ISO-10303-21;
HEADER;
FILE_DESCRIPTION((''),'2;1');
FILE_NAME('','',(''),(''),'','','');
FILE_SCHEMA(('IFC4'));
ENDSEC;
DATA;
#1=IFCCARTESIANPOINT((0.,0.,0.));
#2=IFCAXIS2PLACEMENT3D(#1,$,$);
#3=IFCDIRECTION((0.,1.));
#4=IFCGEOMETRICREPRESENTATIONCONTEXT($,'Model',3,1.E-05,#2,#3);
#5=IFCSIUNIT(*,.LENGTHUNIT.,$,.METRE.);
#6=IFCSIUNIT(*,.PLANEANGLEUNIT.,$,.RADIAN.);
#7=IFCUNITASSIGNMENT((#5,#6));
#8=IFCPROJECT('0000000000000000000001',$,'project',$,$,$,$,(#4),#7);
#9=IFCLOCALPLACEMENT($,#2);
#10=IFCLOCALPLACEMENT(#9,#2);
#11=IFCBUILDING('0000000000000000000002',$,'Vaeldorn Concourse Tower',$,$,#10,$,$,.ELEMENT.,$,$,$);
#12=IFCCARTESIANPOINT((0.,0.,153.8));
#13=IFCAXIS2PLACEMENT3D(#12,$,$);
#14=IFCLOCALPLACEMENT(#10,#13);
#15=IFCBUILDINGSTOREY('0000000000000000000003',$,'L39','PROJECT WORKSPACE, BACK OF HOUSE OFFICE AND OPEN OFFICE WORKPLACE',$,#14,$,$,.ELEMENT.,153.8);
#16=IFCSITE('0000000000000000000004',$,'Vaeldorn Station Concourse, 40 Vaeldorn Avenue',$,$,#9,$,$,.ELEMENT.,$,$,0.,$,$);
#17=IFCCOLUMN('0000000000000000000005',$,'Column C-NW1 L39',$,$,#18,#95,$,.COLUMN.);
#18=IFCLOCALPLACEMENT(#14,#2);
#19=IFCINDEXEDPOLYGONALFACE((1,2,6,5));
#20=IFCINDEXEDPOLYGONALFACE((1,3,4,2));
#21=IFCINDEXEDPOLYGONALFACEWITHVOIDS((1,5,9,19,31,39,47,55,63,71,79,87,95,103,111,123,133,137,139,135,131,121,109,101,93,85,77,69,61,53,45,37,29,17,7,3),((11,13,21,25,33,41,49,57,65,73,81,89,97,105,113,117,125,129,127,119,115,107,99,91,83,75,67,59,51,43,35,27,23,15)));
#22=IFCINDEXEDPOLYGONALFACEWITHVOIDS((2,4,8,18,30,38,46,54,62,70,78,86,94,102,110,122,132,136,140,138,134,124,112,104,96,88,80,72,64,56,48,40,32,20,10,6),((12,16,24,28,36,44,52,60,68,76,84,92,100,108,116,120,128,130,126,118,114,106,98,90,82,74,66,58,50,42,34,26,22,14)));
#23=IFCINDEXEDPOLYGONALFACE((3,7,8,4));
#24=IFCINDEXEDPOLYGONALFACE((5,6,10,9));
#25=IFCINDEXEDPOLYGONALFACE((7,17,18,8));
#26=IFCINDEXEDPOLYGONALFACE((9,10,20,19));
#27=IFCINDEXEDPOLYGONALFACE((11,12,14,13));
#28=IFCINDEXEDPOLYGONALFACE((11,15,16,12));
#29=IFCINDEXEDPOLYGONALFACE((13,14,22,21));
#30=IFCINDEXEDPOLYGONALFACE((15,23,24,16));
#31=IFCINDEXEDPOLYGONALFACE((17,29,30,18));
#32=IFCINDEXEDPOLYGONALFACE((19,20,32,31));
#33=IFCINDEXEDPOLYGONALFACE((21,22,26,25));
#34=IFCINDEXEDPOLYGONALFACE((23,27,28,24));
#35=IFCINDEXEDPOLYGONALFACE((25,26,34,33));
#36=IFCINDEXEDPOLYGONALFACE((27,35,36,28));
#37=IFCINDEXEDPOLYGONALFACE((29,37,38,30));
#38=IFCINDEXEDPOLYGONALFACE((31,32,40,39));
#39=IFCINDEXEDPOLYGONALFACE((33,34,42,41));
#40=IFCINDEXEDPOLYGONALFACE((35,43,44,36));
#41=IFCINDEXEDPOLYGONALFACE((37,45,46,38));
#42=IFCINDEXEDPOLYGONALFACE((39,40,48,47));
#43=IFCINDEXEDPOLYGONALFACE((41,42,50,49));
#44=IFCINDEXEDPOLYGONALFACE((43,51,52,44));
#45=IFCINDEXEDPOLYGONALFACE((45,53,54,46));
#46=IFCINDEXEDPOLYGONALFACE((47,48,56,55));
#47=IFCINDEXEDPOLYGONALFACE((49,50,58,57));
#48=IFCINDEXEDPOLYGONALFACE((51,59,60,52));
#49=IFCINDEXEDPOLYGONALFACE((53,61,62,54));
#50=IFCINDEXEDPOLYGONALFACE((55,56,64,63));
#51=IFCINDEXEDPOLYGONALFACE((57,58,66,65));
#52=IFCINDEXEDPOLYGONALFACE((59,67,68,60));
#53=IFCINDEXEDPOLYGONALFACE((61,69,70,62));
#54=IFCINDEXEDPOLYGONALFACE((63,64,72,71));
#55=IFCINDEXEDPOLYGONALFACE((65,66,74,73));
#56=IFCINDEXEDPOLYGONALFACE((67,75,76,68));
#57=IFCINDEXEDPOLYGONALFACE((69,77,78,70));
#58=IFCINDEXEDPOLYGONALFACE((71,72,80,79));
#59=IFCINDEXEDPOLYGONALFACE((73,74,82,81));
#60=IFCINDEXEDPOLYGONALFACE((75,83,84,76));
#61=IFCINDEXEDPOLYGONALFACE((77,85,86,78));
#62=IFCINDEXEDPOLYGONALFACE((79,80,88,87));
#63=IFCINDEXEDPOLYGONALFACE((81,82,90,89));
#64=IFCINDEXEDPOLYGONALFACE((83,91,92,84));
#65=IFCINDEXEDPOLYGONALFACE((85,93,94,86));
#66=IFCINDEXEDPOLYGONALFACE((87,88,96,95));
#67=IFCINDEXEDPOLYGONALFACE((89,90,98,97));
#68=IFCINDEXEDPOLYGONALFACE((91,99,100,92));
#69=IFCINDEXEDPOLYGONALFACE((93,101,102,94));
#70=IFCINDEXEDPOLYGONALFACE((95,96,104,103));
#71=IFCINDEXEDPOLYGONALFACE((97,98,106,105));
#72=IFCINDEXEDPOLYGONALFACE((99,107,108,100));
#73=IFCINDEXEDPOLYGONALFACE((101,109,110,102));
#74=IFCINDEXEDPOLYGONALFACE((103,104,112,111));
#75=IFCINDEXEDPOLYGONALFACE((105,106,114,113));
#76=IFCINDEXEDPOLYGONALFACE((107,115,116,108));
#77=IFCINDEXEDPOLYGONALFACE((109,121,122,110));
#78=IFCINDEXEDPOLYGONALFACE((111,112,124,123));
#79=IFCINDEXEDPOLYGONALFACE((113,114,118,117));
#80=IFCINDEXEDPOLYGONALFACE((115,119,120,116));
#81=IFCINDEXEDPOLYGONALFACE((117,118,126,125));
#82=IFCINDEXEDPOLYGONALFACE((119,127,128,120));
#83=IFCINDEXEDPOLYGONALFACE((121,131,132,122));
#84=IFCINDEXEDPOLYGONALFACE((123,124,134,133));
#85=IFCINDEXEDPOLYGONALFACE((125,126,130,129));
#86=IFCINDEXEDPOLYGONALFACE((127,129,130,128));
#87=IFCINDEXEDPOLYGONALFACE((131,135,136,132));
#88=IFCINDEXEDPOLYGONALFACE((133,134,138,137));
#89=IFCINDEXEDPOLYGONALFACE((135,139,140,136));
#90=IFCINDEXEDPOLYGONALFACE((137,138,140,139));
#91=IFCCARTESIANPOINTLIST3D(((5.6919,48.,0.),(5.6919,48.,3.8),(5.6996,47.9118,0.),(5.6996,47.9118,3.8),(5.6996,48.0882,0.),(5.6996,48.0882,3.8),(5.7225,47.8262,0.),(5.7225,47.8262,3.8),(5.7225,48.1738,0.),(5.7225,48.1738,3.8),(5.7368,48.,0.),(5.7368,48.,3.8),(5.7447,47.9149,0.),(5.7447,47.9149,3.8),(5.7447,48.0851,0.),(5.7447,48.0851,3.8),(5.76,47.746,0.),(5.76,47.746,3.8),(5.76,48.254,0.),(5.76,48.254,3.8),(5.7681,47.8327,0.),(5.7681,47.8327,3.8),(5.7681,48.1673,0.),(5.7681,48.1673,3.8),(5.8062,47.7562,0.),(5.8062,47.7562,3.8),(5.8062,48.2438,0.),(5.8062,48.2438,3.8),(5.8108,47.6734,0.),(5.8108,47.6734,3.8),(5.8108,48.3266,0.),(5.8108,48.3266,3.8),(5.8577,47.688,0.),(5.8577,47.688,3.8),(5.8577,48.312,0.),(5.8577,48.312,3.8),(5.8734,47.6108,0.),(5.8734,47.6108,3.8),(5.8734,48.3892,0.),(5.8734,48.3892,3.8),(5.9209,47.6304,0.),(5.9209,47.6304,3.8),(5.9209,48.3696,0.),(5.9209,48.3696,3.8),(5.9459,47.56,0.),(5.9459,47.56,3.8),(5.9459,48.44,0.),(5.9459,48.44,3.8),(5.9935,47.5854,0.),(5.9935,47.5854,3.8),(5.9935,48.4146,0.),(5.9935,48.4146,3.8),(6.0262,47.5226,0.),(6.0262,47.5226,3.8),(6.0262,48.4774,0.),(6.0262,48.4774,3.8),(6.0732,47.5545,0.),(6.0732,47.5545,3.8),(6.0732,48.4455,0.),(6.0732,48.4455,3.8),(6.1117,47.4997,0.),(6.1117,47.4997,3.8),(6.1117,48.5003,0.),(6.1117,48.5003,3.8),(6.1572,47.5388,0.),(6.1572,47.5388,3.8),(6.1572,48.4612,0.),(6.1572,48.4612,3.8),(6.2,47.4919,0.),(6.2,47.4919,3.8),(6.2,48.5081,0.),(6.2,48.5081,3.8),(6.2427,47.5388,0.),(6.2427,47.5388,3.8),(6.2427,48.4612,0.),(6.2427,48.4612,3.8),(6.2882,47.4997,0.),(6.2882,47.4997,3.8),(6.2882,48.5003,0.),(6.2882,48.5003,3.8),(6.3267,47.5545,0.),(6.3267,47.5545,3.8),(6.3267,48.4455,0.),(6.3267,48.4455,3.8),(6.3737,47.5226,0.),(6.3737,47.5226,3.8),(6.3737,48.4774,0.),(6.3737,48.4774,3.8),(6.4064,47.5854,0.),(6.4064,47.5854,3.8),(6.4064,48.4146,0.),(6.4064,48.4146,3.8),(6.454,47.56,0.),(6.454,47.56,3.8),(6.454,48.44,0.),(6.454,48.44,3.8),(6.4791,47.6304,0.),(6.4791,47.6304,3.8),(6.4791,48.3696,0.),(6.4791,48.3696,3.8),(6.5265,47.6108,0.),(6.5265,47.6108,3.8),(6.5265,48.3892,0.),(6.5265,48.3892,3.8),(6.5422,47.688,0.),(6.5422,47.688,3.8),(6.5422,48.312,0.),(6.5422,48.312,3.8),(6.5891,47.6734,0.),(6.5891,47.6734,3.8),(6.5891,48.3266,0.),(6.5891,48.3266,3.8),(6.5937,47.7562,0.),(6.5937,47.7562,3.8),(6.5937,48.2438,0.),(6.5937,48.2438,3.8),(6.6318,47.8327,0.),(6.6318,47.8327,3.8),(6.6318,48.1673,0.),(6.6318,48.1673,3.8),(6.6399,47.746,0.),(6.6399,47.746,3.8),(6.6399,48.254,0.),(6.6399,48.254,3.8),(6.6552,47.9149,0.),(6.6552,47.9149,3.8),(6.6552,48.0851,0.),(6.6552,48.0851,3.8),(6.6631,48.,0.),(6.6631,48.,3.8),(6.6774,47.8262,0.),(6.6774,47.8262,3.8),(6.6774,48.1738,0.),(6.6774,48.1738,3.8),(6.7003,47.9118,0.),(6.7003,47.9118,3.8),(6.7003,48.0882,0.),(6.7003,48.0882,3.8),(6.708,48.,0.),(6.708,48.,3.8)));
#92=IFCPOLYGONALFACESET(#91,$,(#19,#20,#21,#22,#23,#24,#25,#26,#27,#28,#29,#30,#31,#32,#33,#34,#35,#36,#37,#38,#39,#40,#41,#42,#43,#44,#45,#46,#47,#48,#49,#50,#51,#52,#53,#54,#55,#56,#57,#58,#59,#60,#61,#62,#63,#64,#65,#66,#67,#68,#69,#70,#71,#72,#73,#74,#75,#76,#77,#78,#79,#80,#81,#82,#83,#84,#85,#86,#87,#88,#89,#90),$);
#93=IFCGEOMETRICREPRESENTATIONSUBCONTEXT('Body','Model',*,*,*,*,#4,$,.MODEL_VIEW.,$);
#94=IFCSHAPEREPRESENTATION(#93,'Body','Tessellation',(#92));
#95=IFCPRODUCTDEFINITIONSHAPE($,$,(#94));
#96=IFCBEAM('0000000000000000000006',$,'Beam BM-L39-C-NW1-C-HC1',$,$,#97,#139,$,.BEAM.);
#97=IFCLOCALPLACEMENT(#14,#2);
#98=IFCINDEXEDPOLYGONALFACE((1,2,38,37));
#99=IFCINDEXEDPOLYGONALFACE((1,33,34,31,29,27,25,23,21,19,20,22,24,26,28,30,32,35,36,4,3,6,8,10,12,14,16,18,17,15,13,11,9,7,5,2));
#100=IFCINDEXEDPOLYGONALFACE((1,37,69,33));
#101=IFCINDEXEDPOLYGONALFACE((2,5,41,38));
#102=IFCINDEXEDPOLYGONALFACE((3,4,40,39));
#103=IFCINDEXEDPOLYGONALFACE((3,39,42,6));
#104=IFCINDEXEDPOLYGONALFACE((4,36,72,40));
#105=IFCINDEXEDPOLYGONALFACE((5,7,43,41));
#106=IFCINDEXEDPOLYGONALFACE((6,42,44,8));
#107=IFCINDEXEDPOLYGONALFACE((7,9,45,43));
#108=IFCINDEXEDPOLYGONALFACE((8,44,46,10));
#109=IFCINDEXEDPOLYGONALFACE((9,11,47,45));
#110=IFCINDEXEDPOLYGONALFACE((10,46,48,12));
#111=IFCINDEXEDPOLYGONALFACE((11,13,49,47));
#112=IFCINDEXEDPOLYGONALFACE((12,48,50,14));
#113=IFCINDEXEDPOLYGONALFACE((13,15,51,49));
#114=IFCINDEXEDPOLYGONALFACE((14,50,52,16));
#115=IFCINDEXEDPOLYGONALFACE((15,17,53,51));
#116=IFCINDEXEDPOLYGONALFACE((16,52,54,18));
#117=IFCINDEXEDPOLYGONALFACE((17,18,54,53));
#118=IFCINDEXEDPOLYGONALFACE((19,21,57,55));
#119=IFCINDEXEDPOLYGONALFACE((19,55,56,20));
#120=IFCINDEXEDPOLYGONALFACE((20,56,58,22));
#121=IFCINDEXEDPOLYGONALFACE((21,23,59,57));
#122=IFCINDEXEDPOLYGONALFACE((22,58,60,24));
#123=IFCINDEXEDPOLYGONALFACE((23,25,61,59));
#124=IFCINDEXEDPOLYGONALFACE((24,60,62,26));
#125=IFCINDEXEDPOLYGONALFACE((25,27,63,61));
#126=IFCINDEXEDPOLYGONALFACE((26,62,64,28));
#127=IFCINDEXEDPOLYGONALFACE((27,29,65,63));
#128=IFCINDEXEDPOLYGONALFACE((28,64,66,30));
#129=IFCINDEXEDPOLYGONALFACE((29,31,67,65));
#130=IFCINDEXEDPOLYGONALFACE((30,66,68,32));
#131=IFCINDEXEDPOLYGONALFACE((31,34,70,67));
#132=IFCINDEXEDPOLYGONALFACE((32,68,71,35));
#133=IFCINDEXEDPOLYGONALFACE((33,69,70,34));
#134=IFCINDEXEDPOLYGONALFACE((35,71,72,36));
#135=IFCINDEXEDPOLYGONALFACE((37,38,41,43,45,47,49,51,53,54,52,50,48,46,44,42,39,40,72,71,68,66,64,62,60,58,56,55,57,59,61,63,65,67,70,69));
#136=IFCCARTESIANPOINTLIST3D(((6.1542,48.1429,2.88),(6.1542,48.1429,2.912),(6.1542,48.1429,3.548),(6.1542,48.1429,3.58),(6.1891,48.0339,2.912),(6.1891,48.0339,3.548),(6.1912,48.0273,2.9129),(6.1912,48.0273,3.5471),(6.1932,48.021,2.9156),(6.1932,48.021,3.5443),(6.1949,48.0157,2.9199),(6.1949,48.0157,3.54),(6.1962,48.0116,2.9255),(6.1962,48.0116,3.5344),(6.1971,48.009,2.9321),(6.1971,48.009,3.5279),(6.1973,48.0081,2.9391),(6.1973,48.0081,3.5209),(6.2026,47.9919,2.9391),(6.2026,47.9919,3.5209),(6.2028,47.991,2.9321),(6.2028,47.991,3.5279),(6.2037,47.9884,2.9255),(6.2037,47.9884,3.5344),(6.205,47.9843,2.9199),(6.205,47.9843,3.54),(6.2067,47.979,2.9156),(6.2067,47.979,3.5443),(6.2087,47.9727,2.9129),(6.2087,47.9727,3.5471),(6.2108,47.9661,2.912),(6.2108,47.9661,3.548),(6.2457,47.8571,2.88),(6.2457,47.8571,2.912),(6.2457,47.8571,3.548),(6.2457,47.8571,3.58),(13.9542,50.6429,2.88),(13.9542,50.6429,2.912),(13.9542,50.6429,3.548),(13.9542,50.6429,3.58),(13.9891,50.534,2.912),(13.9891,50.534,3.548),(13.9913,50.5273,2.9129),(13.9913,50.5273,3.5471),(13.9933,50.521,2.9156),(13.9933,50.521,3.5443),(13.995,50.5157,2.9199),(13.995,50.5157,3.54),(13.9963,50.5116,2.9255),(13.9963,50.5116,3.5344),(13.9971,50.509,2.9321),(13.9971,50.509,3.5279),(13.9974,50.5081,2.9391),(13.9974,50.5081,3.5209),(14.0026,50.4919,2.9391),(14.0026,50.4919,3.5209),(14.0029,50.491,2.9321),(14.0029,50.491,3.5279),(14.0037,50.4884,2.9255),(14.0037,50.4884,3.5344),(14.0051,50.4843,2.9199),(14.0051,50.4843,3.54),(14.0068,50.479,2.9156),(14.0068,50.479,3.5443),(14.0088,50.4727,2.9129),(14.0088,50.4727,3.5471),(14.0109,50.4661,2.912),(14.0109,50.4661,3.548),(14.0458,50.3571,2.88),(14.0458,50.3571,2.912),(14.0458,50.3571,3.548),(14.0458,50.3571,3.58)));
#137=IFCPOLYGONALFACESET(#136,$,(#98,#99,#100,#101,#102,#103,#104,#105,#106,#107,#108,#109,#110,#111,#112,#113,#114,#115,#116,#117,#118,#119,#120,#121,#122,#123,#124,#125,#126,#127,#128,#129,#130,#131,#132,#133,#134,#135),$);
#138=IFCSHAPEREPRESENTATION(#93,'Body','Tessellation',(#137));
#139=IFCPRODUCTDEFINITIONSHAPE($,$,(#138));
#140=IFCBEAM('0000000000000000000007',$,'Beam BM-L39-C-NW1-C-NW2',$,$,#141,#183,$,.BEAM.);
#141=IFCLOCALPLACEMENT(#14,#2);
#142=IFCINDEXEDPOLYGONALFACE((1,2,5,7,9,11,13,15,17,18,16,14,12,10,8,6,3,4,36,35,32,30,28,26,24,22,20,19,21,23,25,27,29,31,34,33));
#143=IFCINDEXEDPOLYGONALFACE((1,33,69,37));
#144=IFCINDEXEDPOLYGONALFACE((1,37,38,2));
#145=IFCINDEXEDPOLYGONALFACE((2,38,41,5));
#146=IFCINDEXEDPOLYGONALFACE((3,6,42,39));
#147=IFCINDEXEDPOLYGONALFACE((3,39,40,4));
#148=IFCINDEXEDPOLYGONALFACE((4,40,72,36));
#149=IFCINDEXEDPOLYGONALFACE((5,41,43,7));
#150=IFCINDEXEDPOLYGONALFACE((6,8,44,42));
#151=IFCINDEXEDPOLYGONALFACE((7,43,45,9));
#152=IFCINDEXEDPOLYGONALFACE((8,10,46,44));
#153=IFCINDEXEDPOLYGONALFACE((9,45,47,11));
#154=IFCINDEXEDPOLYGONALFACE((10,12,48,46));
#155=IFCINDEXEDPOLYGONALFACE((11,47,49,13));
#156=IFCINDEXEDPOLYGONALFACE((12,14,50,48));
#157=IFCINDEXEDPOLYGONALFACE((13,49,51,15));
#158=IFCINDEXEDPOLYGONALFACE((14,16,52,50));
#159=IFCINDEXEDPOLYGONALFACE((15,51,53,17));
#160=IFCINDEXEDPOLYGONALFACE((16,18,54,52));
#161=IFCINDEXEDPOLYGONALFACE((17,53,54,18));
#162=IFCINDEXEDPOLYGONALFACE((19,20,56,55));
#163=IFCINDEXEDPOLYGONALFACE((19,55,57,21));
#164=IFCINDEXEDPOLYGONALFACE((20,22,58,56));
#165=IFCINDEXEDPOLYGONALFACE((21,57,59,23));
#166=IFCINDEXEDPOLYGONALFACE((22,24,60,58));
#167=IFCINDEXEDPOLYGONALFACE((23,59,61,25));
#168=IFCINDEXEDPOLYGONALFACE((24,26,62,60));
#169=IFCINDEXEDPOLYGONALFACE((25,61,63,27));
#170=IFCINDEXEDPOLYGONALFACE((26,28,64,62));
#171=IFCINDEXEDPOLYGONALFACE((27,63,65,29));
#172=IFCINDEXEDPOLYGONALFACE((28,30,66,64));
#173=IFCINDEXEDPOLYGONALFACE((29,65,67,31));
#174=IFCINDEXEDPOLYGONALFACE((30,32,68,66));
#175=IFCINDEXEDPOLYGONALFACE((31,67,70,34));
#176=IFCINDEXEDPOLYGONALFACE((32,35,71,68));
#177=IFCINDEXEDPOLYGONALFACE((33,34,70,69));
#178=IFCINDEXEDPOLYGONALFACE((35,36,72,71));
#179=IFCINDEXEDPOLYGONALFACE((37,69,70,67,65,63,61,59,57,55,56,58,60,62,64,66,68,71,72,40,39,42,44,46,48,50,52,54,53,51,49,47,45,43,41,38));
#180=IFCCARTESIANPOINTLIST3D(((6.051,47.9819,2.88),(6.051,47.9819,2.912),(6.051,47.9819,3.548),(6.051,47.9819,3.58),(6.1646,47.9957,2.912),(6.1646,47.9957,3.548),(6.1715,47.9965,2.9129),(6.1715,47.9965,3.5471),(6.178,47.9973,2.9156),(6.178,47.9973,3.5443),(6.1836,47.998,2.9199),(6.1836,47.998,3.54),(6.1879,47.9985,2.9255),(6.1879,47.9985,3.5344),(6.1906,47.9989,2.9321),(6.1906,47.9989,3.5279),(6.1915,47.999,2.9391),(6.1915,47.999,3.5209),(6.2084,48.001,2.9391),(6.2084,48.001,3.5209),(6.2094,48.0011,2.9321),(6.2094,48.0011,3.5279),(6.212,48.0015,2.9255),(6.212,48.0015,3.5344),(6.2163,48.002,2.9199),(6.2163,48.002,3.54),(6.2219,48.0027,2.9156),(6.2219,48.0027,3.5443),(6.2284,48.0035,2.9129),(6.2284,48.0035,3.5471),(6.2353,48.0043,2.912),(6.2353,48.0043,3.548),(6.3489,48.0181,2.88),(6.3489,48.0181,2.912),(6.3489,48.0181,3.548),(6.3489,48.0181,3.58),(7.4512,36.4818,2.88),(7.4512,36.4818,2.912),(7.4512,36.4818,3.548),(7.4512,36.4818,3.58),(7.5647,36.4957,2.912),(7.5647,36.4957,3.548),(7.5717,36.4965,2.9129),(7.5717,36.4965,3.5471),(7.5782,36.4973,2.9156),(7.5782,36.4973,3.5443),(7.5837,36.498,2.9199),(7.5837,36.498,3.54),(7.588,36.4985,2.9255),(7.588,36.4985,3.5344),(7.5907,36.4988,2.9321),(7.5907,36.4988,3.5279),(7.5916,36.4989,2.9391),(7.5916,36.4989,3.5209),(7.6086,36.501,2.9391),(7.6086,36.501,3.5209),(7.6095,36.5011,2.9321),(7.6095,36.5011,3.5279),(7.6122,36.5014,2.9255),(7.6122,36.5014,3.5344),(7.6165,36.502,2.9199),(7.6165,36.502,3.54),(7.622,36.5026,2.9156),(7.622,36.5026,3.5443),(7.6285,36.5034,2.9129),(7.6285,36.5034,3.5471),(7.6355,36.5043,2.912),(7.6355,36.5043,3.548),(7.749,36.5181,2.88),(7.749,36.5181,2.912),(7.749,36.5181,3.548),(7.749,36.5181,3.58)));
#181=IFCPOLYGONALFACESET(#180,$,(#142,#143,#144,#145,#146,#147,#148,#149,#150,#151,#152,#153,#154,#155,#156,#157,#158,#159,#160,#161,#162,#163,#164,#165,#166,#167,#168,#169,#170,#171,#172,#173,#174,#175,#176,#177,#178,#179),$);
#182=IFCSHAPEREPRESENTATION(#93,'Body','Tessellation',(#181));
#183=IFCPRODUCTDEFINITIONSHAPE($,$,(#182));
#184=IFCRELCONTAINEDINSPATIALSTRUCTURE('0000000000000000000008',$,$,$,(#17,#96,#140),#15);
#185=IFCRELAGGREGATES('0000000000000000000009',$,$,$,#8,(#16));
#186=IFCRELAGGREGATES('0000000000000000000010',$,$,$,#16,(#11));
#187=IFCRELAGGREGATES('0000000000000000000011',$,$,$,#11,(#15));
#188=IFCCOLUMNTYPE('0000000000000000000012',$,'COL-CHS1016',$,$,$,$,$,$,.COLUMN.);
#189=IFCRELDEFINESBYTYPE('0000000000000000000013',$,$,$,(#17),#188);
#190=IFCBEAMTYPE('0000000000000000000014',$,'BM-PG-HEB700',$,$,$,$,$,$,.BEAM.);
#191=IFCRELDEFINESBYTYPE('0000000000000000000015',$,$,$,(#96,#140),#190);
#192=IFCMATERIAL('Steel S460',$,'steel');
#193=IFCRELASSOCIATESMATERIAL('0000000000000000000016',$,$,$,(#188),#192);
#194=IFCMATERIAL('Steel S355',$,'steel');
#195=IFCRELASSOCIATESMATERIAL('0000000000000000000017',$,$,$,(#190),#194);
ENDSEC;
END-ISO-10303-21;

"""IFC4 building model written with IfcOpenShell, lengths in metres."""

from ifc_helpers import new_model, si_unit, direction, frame, origin, origin_2d, place, context, subcontext, project, spatial, hollow_circle, i_section, extrude, source, transform, mapped, material, material_profile, profile_set, type_object, element, save


model = new_model("IFC4")

# Units and contexts
model_context = context("Model", 3, precision=1e-05, world=origin(), true_north=direction((0.0, 1.0)))
body_context = subcontext(model_context, "Body", "Model", "MODEL_VIEW")
ifc_project = project(units=[si_unit("LENGTHUNIT", "METRE"), si_unit("PLANEANGLEUNIT", "RADIAN")], contexts=[model_context])

# Site, building, storey
site_placement = place(None, origin())
site = spatial("IfcSite", under=ifc_project, at=site_placement, Name="Vaeldorn Station Concourse, 40 Vaeldorn Avenue", CompositionType="ELEMENT", RefElevation=0.0)
building_placement = place(site_placement, origin())
building = spatial("IfcBuilding", under=site, at=building_placement, Name="Vaeldorn Concourse Tower", CompositionType="ELEMENT")
storey_placement = place(building_placement, frame((0.0, 0.0, 153.8)))
storey = spatial("IfcBuildingStorey", under=building, at=storey_placement, Name="L39", Description="PROJECT WORKSPACE, BACK OF HOUSE OFFICE AND OPEN OFFICE WORKPLACE", CompositionType="ELEMENT", Elevation=153.8)

# Column
ifc_material_1 = material(Name="Steel S460", Category="steel")
ifc_material_profile_1 = material_profile(ifc_material_1, hollow_circle(Radius=0.5081, WallThickness=0.0449, at=origin_2d()), Name="CHS 1016x45")
ifc_profile_set_1 = profile_set([ifc_material_profile_1], Name="Steel S460")
column_type = type_object("IfcColumnType", Name="COL-CHS1016", PredefinedType="COLUMN", material=ifc_profile_set_1)
shared_shape_1 = source(origin(), body_context, "Body", "SweptSolid", [
    extrude(hollow_circle(Radius=0.5081, WallThickness=0.0449, at=origin_2d()), origin(), (0.0, 0.0, 1.0), 3.8),
])
column_placement = place(storey_placement, frame((6.2, 48.0, 0.0), z_axis=(0.0, 0.0, 1.0), x_axis=(1.0, 0.0, 0.0)))
element("IfcColumn", 1, at=column_placement, inside=storey, type_object=column_type, Name="Column C-NW1 L39", PredefinedType="COLUMN", context=body_context, shape_type="MappedRepresentation", body=[
    mapped(shared_shape_1, transform((0.0, 0.0, 0.0), scale=1.0)),
])

# Beams
ifc_material_2 = material(Name="Steel S355", Category="steel")
ifc_material_profile_2 = material_profile(ifc_material_2, i_section(OverallWidth=0.3, OverallDepth=0.7, WebThickness=0.0171, FlangeThickness=0.032, FilletRadius=0.0271, at=origin_2d()), Name="HEB 700")
ifc_profile_set_2 = profile_set([ifc_material_profile_2], Name="Steel S355")
beam_type_1 = type_object("IfcBeamType", Name="BM-PG-HEB700", PredefinedType="BEAM", material=ifc_profile_set_2)
shared_shape_2 = source(origin(), body_context, "Body", "SweptSolid", [
    extrude(i_section(OverallWidth=0.3, OverallDepth=0.7, WebThickness=0.0171, FlangeThickness=0.032, FilletRadius=0.0271, at=origin_2d()), origin(), (0.0, 0.0, 1.0), 8.1909),
])
beam_1_placement = place(storey_placement, frame((6.2, 48.0, 3.23), z_axis=(0.952283, 0.305217, 0.0), x_axis=(-0.305217, 0.952283, 0.0)))
element("IfcBeam", 2, at=beam_1_placement, inside=storey, type_object=beam_type_1, Name="Beam BM-L39-C-NW1-C-HC1", PredefinedType="BEAM", context=body_context, shape_type="MappedRepresentation", body=[
    mapped(shared_shape_2, transform((0.0, 0.0, 0.0), scale=1.0)),
])
shared_shape_3 = source(origin(), body_context, "Body", "SweptSolid", [
    extrude(i_section(OverallWidth=0.3, OverallDepth=0.7, WebThickness=0.0171, FlangeThickness=0.032, FilletRadius=0.0271, at=origin_2d()), origin(), (0.0, 0.0, 1.0), 11.585),
])
beam_2_placement = place(storey_placement, frame((6.2, 48.0, 3.23), z_axis=(0.120859, -0.99267, 0.0), x_axis=(0.99267, 0.120859, 0.0)))
element("IfcBeam", 3, at=beam_2_placement, inside=storey, type_object=beam_type_1, Name="Beam BM-L39-C-NW1-C-NW2", PredefinedType="BEAM", context=body_context, shape_type="MappedRepresentation", body=[
    mapped(shared_shape_3, transform((0.0, 0.0, 0.0), scale=1.0)),
])

save(model, "model.ifc")
